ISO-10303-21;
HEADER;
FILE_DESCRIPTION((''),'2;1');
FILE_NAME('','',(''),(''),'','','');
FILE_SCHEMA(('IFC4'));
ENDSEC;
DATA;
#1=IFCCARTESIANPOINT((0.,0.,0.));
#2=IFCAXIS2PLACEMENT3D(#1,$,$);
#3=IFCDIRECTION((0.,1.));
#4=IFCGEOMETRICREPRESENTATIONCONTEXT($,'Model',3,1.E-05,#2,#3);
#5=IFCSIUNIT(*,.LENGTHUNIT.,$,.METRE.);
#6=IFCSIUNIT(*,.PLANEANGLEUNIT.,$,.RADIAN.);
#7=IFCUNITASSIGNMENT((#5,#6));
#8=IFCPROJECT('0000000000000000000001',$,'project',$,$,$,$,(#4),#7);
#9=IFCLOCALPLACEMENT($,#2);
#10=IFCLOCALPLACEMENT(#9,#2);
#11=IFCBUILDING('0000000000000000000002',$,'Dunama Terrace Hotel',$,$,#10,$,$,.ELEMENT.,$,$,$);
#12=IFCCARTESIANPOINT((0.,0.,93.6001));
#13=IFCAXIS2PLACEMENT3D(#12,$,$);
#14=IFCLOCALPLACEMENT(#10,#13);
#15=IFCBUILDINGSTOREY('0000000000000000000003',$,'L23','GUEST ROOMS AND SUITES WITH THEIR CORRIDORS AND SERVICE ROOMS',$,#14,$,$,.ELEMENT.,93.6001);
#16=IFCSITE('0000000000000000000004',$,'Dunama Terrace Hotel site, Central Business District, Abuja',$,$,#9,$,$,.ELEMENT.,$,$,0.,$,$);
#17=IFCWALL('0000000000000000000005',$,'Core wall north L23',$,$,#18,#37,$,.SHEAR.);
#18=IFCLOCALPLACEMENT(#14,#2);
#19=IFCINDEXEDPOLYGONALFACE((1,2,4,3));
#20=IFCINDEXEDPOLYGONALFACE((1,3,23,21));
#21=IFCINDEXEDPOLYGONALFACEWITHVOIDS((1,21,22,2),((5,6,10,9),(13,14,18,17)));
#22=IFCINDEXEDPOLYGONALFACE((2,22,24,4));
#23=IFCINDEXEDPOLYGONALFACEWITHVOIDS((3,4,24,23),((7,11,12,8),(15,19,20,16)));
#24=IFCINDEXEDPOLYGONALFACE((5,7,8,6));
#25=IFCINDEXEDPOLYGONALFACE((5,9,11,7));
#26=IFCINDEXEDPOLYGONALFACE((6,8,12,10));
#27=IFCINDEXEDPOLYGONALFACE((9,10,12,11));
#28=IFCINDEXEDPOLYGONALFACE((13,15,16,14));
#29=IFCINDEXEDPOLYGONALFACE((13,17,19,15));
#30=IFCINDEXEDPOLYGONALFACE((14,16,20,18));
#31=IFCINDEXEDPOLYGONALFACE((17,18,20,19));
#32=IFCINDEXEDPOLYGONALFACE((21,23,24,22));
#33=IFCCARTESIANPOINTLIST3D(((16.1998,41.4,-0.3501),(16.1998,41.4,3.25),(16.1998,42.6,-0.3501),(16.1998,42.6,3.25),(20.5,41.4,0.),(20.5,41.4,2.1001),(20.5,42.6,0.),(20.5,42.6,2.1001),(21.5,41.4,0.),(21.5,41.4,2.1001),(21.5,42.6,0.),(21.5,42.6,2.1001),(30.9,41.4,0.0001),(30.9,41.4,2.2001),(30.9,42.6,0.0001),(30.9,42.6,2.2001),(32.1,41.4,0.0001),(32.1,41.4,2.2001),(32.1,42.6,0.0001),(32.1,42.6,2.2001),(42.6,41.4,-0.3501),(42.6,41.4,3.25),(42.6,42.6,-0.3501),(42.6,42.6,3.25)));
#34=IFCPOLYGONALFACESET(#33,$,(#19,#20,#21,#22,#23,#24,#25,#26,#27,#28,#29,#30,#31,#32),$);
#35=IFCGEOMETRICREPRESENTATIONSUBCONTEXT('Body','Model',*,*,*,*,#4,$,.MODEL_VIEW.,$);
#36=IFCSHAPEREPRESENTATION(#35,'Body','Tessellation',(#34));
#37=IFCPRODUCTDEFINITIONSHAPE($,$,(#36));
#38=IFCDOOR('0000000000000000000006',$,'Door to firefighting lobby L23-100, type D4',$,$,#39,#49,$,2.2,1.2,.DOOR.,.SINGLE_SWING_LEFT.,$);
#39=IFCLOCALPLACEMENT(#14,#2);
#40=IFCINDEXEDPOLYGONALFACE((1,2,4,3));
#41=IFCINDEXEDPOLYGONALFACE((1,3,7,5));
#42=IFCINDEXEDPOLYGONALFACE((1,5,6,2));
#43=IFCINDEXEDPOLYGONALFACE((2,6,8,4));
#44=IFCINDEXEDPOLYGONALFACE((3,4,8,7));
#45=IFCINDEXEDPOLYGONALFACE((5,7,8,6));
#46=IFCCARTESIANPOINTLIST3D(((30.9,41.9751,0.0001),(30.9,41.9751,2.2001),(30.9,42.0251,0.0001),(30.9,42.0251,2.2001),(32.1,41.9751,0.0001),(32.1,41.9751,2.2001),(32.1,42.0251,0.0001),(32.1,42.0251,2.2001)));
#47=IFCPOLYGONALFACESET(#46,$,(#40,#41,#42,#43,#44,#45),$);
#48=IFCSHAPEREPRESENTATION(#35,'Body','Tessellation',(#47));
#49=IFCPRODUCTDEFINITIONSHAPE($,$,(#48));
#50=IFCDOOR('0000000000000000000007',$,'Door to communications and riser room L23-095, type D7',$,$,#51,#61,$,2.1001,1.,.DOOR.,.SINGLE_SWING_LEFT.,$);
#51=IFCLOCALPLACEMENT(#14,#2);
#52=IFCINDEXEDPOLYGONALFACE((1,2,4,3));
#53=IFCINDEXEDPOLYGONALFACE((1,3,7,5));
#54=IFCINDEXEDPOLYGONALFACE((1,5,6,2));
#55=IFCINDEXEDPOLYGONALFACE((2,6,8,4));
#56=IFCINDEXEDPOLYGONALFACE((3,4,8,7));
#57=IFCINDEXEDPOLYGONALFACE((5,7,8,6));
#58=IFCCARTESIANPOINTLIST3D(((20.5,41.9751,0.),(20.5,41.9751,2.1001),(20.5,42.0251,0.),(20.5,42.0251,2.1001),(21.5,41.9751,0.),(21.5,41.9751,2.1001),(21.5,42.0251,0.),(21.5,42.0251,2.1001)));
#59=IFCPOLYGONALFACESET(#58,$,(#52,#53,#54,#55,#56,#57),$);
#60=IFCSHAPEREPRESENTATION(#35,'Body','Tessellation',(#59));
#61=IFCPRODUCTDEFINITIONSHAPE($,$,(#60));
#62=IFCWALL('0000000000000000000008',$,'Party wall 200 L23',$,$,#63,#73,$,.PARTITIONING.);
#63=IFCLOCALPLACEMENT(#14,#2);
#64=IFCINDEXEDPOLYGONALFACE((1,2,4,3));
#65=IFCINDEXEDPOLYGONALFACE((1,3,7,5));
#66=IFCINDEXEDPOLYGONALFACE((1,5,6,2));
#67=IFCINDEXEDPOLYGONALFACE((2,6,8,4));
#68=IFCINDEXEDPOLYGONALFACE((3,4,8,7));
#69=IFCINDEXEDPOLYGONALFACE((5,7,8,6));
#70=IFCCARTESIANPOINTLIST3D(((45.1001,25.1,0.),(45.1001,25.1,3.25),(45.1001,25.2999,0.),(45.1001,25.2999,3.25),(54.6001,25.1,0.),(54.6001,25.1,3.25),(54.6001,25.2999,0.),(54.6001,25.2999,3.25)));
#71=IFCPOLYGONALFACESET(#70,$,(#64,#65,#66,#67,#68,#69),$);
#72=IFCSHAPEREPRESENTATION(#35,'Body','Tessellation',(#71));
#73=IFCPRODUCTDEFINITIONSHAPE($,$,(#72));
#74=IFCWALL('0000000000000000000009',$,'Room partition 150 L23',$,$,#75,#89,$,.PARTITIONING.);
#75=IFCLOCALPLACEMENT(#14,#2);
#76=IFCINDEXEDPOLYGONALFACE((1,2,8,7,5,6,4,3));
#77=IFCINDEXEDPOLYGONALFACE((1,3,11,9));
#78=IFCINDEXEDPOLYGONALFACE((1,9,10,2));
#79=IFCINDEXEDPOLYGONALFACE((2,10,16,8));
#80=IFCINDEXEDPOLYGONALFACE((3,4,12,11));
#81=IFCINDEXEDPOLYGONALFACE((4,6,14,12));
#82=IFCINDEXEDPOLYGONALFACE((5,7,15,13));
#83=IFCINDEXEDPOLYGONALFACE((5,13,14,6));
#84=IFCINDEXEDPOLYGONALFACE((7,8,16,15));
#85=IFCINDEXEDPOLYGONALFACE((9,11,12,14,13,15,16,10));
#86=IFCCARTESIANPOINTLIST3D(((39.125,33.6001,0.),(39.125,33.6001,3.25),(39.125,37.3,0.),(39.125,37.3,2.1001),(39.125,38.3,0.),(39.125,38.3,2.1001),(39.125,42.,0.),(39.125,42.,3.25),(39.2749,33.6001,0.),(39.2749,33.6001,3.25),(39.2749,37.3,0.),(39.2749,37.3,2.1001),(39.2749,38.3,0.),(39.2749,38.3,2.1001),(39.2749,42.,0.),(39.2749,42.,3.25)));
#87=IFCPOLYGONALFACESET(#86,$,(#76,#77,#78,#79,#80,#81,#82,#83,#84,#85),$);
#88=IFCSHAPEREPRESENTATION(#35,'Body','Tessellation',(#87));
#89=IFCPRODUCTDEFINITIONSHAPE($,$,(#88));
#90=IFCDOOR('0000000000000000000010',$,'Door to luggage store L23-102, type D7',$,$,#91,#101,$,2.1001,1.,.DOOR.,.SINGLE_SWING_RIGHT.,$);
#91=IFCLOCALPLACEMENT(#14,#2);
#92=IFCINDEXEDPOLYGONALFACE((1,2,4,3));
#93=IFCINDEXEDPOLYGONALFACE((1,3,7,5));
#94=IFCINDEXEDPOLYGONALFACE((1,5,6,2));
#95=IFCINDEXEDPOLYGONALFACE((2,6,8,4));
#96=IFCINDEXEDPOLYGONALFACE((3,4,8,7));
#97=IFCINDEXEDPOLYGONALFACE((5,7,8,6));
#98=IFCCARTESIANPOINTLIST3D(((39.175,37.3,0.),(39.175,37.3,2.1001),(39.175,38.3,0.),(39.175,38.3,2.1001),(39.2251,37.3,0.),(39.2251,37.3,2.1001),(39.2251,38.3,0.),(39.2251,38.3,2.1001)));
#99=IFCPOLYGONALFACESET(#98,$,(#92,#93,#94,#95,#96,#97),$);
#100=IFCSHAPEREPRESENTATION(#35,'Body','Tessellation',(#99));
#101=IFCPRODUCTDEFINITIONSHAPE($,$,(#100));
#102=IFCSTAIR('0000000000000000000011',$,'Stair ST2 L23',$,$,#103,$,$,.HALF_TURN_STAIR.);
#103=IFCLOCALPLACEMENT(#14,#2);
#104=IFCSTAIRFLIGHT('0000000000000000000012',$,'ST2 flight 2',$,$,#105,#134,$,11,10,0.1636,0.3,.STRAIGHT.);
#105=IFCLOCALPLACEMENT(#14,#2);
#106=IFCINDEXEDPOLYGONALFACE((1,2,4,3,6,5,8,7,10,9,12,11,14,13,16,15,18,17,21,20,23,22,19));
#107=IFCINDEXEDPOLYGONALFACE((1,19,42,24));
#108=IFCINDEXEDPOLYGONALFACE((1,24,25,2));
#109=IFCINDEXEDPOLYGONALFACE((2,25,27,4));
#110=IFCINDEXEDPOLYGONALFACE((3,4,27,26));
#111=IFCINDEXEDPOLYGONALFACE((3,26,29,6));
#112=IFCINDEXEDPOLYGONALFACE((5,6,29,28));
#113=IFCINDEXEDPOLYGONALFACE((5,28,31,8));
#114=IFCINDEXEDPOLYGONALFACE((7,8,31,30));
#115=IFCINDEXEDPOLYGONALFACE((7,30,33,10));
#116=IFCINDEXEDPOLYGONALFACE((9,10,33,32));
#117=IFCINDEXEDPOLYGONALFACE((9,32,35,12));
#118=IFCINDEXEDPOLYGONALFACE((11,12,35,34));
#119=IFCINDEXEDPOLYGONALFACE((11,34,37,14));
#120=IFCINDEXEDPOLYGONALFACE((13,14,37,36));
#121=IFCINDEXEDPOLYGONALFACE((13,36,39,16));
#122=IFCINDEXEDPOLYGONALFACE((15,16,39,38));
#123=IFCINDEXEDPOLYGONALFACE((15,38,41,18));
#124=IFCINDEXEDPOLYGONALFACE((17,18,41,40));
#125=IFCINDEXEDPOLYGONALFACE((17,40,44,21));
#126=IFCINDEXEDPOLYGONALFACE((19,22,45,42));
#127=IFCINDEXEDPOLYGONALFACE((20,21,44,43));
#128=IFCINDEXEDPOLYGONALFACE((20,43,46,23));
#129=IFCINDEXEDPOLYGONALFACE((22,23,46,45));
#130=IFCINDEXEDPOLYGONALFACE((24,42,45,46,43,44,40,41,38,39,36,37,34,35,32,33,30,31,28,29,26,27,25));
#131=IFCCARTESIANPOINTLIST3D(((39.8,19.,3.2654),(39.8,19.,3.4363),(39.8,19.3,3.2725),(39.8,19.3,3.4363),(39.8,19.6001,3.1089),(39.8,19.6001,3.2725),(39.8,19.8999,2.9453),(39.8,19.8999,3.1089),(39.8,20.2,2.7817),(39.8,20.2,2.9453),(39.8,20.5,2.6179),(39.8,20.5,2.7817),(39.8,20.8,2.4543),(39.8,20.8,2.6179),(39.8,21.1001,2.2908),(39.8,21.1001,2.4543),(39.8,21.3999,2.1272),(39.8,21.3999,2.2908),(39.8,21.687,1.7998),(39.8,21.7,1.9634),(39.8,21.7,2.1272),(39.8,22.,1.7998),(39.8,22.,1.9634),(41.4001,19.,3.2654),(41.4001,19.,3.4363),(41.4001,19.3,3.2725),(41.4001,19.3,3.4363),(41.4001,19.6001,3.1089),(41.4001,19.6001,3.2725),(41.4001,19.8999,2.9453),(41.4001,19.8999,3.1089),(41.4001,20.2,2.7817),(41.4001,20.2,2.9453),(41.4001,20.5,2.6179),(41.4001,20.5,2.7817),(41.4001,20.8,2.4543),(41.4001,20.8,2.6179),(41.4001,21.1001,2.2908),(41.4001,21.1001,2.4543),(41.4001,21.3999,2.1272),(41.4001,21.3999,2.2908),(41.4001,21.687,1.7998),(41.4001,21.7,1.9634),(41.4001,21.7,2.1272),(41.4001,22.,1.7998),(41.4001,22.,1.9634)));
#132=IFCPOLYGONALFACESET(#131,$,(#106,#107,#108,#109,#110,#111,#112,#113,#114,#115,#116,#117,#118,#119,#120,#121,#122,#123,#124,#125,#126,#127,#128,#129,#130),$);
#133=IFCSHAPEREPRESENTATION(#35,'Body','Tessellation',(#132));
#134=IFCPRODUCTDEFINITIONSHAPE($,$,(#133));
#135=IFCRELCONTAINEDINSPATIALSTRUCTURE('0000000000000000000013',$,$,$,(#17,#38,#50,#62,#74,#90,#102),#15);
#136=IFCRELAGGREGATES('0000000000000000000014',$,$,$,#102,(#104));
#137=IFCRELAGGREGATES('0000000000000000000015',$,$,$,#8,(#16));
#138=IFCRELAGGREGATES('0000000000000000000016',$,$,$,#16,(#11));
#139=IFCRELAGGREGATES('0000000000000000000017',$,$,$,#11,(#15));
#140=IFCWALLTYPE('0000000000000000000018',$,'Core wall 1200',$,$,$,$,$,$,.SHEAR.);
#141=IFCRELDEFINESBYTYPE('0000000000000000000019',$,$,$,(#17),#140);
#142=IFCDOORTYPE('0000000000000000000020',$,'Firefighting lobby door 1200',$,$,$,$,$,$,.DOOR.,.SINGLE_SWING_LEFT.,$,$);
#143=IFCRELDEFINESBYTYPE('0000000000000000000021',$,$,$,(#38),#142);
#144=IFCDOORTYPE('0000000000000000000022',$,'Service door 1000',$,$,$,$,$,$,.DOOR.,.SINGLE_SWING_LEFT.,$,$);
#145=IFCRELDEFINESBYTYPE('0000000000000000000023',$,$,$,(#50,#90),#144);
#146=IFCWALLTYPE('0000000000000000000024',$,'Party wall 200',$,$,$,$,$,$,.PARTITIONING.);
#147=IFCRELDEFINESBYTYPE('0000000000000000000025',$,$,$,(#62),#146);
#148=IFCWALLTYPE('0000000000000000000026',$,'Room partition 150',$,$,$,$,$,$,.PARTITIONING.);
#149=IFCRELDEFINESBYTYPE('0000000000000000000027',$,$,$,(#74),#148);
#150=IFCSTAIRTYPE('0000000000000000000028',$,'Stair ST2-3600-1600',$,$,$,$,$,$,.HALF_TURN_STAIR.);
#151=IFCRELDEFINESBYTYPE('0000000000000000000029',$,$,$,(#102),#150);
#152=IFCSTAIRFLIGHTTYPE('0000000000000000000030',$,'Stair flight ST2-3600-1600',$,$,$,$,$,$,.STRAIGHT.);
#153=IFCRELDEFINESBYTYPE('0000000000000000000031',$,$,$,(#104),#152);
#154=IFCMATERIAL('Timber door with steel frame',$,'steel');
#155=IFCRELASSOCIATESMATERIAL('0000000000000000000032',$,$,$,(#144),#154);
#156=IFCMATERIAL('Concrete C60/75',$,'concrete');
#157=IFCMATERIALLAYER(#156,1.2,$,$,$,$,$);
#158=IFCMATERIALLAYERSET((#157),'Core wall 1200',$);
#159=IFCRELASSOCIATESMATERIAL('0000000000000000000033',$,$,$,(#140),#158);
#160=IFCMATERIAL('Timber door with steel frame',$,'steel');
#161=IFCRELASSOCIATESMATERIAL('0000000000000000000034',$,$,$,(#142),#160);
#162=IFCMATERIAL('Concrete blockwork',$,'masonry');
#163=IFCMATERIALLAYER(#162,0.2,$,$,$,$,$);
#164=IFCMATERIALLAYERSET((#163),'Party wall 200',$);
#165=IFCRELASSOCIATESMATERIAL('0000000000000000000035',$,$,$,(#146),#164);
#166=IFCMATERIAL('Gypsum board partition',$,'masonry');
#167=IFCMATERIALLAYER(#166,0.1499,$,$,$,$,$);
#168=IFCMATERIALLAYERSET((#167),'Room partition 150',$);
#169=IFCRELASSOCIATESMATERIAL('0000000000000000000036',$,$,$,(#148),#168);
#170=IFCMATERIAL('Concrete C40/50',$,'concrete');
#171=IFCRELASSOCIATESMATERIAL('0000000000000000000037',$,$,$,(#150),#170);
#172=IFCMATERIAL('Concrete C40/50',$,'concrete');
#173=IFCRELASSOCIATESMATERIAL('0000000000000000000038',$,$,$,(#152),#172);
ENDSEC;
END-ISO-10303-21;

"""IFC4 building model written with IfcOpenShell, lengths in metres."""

from ifc_helpers import new_model, si_unit, direction, frame, frame_2d, origin, place, context, subcontext, project, spatial, polyline, rectangle, outline, extrude, material, layer, layer_set, type_object, element, fill, aggregate, save


model = new_model("IFC4")

# Units and contexts
model_context = context("Model", 3, precision=1e-05, world=origin(), true_north=direction((0.0, 1.0)))
body_context = subcontext(model_context, "Body", "Model", "MODEL_VIEW")
ifc_project = project(units=[si_unit("LENGTHUNIT", "METRE"), si_unit("PLANEANGLEUNIT", "RADIAN")], contexts=[model_context])

# Site, building, storey
site_placement = place(None, origin())
site = spatial("IfcSite", under=ifc_project, at=site_placement, Name="Dunama Terrace Hotel site, Central Business District, Abuja", CompositionType="ELEMENT", RefElevation=0.0)
building_placement = place(site_placement, origin())
building = spatial("IfcBuilding", under=site, at=building_placement, Name="Dunama Terrace Hotel", CompositionType="ELEMENT")
storey_placement = place(building_placement, frame((0.0, 0.0, 93.6001)))
storey = spatial("IfcBuildingStorey", under=building, at=storey_placement, Name="L23", Description="GUEST ROOMS AND SUITES WITH THEIR CORRIDORS AND SERVICE ROOMS", CompositionType="ELEMENT", Elevation=93.6001)

# Shared definitions
ifc_material_1 = material(Name="Timber door with steel frame", Category="steel")
door_type_1 = type_object("IfcDoorType", Name="Service door 1000", OperationType="SINGLE_SWING_LEFT", PredefinedType="DOOR", material=ifc_material_1)

# Wall, openings, doors
ifc_material_2 = material(Name="Concrete C60/75", Category="concrete")
ifc_layer_1 = layer(ifc_material_2, 1.2)
ifc_layer_set_1 = layer_set([ifc_layer_1], Name="Core wall 1200")
wall_type_1 = type_object("IfcWallType", Name="Core wall 1200", PredefinedType="SHEAR", material=ifc_layer_set_1)
wall_1_placement = place(storey_placement, frame((42.6001, 42.0, -0.3501), z_axis=(0.0, 0.0, 1.0), x_axis=(-1.0, 0.0, 0.0)))
wall_1 = element("IfcWall", 1, at=wall_1_placement, inside=storey, type_object=wall_type_1, Name="Core wall north L23", PredefinedType="SHEAR", context=body_context, shape_type="SweptSolid", body=[
    extrude(rectangle(XDim=26.4001, YDim=1.2, at=frame_2d((13.2002, 0.0))), origin(), (0.0, 0.0, 1.0), 3.6001),
])
opening_1_placement = place(wall_1_placement, frame((21.1001, 0.0, 0.3501)))
opening_1 = element("IfcOpeningElement", 2, at=opening_1_placement, cuts=wall_1, PredefinedType="OPENING", context=body_context, shape_type="SweptSolid", body=[
    extrude(rectangle(XDim=1.0, YDim=2.1001, at=frame_2d((0.5, 1.05))), frame((0.0, 0.6099, 0.0), z_axis=(0.0, -1.0, 0.0), x_axis=(1.0, 0.0, 0.0)), (0.0, 0.0, 1.0), 1.22),
])
opening_2_placement = place(wall_1_placement, frame((10.5, 0.0, 0.3501)))
opening_2 = element("IfcOpeningElement", 3, at=opening_2_placement, cuts=wall_1, PredefinedType="OPENING", context=body_context, shape_type="SweptSolid", body=[
    extrude(rectangle(XDim=1.2, YDim=2.2, at=frame_2d((0.6001, 1.1001))), frame((0.0, 0.6099, 0.0), z_axis=(0.0, -1.0, 0.0), x_axis=(1.0, 0.0, 0.0)), (0.0, 0.0, 1.0), 1.22),
])
ifc_material_3 = material(Name="Timber door with steel frame", Category="steel")
door_type_2 = type_object("IfcDoorType", Name="Firefighting lobby door 1200", OperationType="SINGLE_SWING_LEFT", PredefinedType="DOOR", material=ifc_material_3)
door_1_placement = place(opening_2_placement, origin())
door_1 = element("IfcDoor", 4, at=door_1_placement, inside=storey, type_object=door_type_2, Name="Door to firefighting lobby L23-100, type D4", OperationType="SINGLE_SWING_LEFT", OverallHeight=2.2, OverallWidth=1.2, PredefinedType="DOOR", context=body_context, shape_type="SweptSolid", body=[
    extrude(rectangle(XDim=1.2, YDim=2.2, at=frame_2d((0.6001, 1.1001))), frame((0.0, 0.0249, 0.0), z_axis=(0.0, -1.0, 0.0), x_axis=(1.0, 0.0, 0.0)), (0.0, 0.0, 1.0), 0.05),
])
fill(opening_2, door_1)
door_2_placement = place(opening_1_placement, origin())
door_2 = element("IfcDoor", 5, at=door_2_placement, inside=storey, type_object=door_type_1, Name="Door to communications and riser room L23-095, type D7", OperationType="SINGLE_SWING_LEFT", OverallHeight=2.1001, OverallWidth=1.0, PredefinedType="DOOR", context=body_context, shape_type="SweptSolid", body=[
    extrude(rectangle(XDim=1.0, YDim=2.1001, at=frame_2d((0.5, 1.05))), frame((0.0, 0.0249, 0.0), z_axis=(0.0, -1.0, 0.0), x_axis=(1.0, 0.0, 0.0)), (0.0, 0.0, 1.0), 0.05),
])
fill(opening_1, door_2)

# Wall
ifc_material_4 = material(Name="Concrete blockwork", Category="masonry")
ifc_layer_2 = layer(ifc_material_4, 0.2)
ifc_layer_set_2 = layer_set([ifc_layer_2], Name="Party wall 200")
wall_type_2 = type_object("IfcWallType", Name="Party wall 200", PredefinedType="PARTITIONING", material=ifc_layer_set_2)
wall_2_placement = place(storey_placement, frame((45.1001, 25.2, 0.0), z_axis=(0.0, 0.0, 1.0), x_axis=(1.0, 0.0, 0.0)))
element("IfcWall", 6, at=wall_2_placement, inside=storey, type_object=wall_type_2, Name="Party wall 200 L23", PredefinedType="PARTITIONING", context=body_context, shape_type="SweptSolid", body=[
    extrude(rectangle(XDim=9.5, YDim=0.2, at=frame_2d((4.75, 0.0))), origin(), (0.0, 0.0, 1.0), 3.25),
])

# Wall, opening, door
ifc_material_5 = material(Name="Gypsum board partition", Category="masonry")
ifc_layer_3 = layer(ifc_material_5, 0.1499)
ifc_layer_set_3 = layer_set([ifc_layer_3], Name="Room partition 150")
wall_type_3 = type_object("IfcWallType", Name="Room partition 150", PredefinedType="PARTITIONING", material=ifc_layer_set_3)
wall_3_placement = place(storey_placement, frame((39.2, 33.6001, 0.0), z_axis=(0.0, 0.0, 1.0), x_axis=(0.0, 1.0, 0.0)))
wall_3 = element("IfcWall", 7, at=wall_3_placement, inside=storey, type_object=wall_type_3, Name="Room partition 150 L23", PredefinedType="PARTITIONING", context=body_context, shape_type="SweptSolid", body=[
    extrude(rectangle(XDim=8.3999, YDim=0.1499, at=frame_2d((4.2, 0.0))), origin(), (0.0, 0.0, 1.0), 3.25),
])
opening_3_placement = place(wall_3_placement, frame((3.7, 0.0, 0.0)))
opening_3 = element("IfcOpeningElement", 8, at=opening_3_placement, cuts=wall_3, PredefinedType="OPENING", context=body_context, shape_type="SweptSolid", body=[
    extrude(rectangle(XDim=1.0, YDim=2.1001, at=frame_2d((0.5, 1.05))), frame((0.0, 0.085, 0.0), z_axis=(0.0, -1.0, 0.0), x_axis=(1.0, 0.0, 0.0)), (0.0, 0.0, 1.0), 0.1699),
])
door_3_placement = place(opening_3_placement, frame((1.0, 0.0, 0.0), z_axis=(0.0, 0.0, 1.0), x_axis=(-1.0, 0.0, 0.0)))
door_3 = element("IfcDoor", 9, at=door_3_placement, inside=storey, type_object=door_type_1, Name="Door to luggage store L23-102, type D7", OperationType="SINGLE_SWING_RIGHT", OverallHeight=2.1001, OverallWidth=1.0, PredefinedType="DOOR", context=body_context, shape_type="SweptSolid", body=[
    extrude(rectangle(XDim=1.0, YDim=2.1001, at=frame_2d((0.5, 1.05))), frame((0.0, 0.0251, 0.0), z_axis=(0.0, -1.0, 0.0), x_axis=(1.0, 0.0, 0.0)), (0.0, 0.0, 1.0), 0.05),
])
fill(opening_3, door_3)

# Stair, stair flight
ifc_material_6 = material(Name="Concrete C40/50", Category="concrete")
stair_type = type_object("IfcStairType", Name="Stair ST2-3600-1600", PredefinedType="HALF_TURN_STAIR", material=ifc_material_6)
stair_placement = place(storey_placement, origin())
stair = element("IfcStair", 10, at=stair_placement, inside=storey, type_object=stair_type, Name="Stair ST2 L23", PredefinedType="HALF_TURN_STAIR")
ifc_material_7 = material(Name="Concrete C40/50", Category="concrete")
stair_flight_type = type_object("IfcStairFlightType", Name="Stair flight ST2-3600-1600", PredefinedType="STRAIGHT", material=ifc_material_7)
stair_flight_placement = place(storey_placement, frame((40.6001, 22.0, 1.7998), z_axis=(0.0, 0.0, 1.0), x_axis=(0.0, -1.0, 0.0)))
stair_flight = element("IfcStairFlight", 11, at=stair_flight_placement, type_object=stair_flight_type, Name="ST2 flight 2", NumberOfRisers=11, NumberOfTreads=10, PredefinedType="STRAIGHT", RiserHeight=0.1636, TreadLength=0.3, context=body_context, shape_type="SweptSolid", body=[
    extrude(outline(polyline([(0.0, 0.0), (0.0, 0.1636), (0.3, 0.1636), (0.3, 0.3274), (0.6001, 0.3274), (0.6001, 0.491), (0.8999, 0.491), (0.8999, 0.6545), (1.2, 0.6545), (1.2, 0.8181), (1.5, 0.8181), (1.5, 0.9819), (1.8, 0.9819), (1.8, 1.1455), (2.1001, 1.1455), (2.1001, 1.3091), (2.3999, 1.3091), (2.3999, 1.4727), (2.7, 1.4727), (2.7, 1.6365), (3.0, 1.6365), (3.0, 1.8), (3.0, 1.4656), (0.313, 0.0), (0.0, 0.0)])), frame((0.0, 0.8, 0.0), z_axis=(0.0, -1.0, 0.0), x_axis=(1.0, 0.0, 0.0)), (0.0, 0.0, 1.0), 1.6001),
])
aggregate(stair, [stair_flight])

save(model, "model.ifc")
